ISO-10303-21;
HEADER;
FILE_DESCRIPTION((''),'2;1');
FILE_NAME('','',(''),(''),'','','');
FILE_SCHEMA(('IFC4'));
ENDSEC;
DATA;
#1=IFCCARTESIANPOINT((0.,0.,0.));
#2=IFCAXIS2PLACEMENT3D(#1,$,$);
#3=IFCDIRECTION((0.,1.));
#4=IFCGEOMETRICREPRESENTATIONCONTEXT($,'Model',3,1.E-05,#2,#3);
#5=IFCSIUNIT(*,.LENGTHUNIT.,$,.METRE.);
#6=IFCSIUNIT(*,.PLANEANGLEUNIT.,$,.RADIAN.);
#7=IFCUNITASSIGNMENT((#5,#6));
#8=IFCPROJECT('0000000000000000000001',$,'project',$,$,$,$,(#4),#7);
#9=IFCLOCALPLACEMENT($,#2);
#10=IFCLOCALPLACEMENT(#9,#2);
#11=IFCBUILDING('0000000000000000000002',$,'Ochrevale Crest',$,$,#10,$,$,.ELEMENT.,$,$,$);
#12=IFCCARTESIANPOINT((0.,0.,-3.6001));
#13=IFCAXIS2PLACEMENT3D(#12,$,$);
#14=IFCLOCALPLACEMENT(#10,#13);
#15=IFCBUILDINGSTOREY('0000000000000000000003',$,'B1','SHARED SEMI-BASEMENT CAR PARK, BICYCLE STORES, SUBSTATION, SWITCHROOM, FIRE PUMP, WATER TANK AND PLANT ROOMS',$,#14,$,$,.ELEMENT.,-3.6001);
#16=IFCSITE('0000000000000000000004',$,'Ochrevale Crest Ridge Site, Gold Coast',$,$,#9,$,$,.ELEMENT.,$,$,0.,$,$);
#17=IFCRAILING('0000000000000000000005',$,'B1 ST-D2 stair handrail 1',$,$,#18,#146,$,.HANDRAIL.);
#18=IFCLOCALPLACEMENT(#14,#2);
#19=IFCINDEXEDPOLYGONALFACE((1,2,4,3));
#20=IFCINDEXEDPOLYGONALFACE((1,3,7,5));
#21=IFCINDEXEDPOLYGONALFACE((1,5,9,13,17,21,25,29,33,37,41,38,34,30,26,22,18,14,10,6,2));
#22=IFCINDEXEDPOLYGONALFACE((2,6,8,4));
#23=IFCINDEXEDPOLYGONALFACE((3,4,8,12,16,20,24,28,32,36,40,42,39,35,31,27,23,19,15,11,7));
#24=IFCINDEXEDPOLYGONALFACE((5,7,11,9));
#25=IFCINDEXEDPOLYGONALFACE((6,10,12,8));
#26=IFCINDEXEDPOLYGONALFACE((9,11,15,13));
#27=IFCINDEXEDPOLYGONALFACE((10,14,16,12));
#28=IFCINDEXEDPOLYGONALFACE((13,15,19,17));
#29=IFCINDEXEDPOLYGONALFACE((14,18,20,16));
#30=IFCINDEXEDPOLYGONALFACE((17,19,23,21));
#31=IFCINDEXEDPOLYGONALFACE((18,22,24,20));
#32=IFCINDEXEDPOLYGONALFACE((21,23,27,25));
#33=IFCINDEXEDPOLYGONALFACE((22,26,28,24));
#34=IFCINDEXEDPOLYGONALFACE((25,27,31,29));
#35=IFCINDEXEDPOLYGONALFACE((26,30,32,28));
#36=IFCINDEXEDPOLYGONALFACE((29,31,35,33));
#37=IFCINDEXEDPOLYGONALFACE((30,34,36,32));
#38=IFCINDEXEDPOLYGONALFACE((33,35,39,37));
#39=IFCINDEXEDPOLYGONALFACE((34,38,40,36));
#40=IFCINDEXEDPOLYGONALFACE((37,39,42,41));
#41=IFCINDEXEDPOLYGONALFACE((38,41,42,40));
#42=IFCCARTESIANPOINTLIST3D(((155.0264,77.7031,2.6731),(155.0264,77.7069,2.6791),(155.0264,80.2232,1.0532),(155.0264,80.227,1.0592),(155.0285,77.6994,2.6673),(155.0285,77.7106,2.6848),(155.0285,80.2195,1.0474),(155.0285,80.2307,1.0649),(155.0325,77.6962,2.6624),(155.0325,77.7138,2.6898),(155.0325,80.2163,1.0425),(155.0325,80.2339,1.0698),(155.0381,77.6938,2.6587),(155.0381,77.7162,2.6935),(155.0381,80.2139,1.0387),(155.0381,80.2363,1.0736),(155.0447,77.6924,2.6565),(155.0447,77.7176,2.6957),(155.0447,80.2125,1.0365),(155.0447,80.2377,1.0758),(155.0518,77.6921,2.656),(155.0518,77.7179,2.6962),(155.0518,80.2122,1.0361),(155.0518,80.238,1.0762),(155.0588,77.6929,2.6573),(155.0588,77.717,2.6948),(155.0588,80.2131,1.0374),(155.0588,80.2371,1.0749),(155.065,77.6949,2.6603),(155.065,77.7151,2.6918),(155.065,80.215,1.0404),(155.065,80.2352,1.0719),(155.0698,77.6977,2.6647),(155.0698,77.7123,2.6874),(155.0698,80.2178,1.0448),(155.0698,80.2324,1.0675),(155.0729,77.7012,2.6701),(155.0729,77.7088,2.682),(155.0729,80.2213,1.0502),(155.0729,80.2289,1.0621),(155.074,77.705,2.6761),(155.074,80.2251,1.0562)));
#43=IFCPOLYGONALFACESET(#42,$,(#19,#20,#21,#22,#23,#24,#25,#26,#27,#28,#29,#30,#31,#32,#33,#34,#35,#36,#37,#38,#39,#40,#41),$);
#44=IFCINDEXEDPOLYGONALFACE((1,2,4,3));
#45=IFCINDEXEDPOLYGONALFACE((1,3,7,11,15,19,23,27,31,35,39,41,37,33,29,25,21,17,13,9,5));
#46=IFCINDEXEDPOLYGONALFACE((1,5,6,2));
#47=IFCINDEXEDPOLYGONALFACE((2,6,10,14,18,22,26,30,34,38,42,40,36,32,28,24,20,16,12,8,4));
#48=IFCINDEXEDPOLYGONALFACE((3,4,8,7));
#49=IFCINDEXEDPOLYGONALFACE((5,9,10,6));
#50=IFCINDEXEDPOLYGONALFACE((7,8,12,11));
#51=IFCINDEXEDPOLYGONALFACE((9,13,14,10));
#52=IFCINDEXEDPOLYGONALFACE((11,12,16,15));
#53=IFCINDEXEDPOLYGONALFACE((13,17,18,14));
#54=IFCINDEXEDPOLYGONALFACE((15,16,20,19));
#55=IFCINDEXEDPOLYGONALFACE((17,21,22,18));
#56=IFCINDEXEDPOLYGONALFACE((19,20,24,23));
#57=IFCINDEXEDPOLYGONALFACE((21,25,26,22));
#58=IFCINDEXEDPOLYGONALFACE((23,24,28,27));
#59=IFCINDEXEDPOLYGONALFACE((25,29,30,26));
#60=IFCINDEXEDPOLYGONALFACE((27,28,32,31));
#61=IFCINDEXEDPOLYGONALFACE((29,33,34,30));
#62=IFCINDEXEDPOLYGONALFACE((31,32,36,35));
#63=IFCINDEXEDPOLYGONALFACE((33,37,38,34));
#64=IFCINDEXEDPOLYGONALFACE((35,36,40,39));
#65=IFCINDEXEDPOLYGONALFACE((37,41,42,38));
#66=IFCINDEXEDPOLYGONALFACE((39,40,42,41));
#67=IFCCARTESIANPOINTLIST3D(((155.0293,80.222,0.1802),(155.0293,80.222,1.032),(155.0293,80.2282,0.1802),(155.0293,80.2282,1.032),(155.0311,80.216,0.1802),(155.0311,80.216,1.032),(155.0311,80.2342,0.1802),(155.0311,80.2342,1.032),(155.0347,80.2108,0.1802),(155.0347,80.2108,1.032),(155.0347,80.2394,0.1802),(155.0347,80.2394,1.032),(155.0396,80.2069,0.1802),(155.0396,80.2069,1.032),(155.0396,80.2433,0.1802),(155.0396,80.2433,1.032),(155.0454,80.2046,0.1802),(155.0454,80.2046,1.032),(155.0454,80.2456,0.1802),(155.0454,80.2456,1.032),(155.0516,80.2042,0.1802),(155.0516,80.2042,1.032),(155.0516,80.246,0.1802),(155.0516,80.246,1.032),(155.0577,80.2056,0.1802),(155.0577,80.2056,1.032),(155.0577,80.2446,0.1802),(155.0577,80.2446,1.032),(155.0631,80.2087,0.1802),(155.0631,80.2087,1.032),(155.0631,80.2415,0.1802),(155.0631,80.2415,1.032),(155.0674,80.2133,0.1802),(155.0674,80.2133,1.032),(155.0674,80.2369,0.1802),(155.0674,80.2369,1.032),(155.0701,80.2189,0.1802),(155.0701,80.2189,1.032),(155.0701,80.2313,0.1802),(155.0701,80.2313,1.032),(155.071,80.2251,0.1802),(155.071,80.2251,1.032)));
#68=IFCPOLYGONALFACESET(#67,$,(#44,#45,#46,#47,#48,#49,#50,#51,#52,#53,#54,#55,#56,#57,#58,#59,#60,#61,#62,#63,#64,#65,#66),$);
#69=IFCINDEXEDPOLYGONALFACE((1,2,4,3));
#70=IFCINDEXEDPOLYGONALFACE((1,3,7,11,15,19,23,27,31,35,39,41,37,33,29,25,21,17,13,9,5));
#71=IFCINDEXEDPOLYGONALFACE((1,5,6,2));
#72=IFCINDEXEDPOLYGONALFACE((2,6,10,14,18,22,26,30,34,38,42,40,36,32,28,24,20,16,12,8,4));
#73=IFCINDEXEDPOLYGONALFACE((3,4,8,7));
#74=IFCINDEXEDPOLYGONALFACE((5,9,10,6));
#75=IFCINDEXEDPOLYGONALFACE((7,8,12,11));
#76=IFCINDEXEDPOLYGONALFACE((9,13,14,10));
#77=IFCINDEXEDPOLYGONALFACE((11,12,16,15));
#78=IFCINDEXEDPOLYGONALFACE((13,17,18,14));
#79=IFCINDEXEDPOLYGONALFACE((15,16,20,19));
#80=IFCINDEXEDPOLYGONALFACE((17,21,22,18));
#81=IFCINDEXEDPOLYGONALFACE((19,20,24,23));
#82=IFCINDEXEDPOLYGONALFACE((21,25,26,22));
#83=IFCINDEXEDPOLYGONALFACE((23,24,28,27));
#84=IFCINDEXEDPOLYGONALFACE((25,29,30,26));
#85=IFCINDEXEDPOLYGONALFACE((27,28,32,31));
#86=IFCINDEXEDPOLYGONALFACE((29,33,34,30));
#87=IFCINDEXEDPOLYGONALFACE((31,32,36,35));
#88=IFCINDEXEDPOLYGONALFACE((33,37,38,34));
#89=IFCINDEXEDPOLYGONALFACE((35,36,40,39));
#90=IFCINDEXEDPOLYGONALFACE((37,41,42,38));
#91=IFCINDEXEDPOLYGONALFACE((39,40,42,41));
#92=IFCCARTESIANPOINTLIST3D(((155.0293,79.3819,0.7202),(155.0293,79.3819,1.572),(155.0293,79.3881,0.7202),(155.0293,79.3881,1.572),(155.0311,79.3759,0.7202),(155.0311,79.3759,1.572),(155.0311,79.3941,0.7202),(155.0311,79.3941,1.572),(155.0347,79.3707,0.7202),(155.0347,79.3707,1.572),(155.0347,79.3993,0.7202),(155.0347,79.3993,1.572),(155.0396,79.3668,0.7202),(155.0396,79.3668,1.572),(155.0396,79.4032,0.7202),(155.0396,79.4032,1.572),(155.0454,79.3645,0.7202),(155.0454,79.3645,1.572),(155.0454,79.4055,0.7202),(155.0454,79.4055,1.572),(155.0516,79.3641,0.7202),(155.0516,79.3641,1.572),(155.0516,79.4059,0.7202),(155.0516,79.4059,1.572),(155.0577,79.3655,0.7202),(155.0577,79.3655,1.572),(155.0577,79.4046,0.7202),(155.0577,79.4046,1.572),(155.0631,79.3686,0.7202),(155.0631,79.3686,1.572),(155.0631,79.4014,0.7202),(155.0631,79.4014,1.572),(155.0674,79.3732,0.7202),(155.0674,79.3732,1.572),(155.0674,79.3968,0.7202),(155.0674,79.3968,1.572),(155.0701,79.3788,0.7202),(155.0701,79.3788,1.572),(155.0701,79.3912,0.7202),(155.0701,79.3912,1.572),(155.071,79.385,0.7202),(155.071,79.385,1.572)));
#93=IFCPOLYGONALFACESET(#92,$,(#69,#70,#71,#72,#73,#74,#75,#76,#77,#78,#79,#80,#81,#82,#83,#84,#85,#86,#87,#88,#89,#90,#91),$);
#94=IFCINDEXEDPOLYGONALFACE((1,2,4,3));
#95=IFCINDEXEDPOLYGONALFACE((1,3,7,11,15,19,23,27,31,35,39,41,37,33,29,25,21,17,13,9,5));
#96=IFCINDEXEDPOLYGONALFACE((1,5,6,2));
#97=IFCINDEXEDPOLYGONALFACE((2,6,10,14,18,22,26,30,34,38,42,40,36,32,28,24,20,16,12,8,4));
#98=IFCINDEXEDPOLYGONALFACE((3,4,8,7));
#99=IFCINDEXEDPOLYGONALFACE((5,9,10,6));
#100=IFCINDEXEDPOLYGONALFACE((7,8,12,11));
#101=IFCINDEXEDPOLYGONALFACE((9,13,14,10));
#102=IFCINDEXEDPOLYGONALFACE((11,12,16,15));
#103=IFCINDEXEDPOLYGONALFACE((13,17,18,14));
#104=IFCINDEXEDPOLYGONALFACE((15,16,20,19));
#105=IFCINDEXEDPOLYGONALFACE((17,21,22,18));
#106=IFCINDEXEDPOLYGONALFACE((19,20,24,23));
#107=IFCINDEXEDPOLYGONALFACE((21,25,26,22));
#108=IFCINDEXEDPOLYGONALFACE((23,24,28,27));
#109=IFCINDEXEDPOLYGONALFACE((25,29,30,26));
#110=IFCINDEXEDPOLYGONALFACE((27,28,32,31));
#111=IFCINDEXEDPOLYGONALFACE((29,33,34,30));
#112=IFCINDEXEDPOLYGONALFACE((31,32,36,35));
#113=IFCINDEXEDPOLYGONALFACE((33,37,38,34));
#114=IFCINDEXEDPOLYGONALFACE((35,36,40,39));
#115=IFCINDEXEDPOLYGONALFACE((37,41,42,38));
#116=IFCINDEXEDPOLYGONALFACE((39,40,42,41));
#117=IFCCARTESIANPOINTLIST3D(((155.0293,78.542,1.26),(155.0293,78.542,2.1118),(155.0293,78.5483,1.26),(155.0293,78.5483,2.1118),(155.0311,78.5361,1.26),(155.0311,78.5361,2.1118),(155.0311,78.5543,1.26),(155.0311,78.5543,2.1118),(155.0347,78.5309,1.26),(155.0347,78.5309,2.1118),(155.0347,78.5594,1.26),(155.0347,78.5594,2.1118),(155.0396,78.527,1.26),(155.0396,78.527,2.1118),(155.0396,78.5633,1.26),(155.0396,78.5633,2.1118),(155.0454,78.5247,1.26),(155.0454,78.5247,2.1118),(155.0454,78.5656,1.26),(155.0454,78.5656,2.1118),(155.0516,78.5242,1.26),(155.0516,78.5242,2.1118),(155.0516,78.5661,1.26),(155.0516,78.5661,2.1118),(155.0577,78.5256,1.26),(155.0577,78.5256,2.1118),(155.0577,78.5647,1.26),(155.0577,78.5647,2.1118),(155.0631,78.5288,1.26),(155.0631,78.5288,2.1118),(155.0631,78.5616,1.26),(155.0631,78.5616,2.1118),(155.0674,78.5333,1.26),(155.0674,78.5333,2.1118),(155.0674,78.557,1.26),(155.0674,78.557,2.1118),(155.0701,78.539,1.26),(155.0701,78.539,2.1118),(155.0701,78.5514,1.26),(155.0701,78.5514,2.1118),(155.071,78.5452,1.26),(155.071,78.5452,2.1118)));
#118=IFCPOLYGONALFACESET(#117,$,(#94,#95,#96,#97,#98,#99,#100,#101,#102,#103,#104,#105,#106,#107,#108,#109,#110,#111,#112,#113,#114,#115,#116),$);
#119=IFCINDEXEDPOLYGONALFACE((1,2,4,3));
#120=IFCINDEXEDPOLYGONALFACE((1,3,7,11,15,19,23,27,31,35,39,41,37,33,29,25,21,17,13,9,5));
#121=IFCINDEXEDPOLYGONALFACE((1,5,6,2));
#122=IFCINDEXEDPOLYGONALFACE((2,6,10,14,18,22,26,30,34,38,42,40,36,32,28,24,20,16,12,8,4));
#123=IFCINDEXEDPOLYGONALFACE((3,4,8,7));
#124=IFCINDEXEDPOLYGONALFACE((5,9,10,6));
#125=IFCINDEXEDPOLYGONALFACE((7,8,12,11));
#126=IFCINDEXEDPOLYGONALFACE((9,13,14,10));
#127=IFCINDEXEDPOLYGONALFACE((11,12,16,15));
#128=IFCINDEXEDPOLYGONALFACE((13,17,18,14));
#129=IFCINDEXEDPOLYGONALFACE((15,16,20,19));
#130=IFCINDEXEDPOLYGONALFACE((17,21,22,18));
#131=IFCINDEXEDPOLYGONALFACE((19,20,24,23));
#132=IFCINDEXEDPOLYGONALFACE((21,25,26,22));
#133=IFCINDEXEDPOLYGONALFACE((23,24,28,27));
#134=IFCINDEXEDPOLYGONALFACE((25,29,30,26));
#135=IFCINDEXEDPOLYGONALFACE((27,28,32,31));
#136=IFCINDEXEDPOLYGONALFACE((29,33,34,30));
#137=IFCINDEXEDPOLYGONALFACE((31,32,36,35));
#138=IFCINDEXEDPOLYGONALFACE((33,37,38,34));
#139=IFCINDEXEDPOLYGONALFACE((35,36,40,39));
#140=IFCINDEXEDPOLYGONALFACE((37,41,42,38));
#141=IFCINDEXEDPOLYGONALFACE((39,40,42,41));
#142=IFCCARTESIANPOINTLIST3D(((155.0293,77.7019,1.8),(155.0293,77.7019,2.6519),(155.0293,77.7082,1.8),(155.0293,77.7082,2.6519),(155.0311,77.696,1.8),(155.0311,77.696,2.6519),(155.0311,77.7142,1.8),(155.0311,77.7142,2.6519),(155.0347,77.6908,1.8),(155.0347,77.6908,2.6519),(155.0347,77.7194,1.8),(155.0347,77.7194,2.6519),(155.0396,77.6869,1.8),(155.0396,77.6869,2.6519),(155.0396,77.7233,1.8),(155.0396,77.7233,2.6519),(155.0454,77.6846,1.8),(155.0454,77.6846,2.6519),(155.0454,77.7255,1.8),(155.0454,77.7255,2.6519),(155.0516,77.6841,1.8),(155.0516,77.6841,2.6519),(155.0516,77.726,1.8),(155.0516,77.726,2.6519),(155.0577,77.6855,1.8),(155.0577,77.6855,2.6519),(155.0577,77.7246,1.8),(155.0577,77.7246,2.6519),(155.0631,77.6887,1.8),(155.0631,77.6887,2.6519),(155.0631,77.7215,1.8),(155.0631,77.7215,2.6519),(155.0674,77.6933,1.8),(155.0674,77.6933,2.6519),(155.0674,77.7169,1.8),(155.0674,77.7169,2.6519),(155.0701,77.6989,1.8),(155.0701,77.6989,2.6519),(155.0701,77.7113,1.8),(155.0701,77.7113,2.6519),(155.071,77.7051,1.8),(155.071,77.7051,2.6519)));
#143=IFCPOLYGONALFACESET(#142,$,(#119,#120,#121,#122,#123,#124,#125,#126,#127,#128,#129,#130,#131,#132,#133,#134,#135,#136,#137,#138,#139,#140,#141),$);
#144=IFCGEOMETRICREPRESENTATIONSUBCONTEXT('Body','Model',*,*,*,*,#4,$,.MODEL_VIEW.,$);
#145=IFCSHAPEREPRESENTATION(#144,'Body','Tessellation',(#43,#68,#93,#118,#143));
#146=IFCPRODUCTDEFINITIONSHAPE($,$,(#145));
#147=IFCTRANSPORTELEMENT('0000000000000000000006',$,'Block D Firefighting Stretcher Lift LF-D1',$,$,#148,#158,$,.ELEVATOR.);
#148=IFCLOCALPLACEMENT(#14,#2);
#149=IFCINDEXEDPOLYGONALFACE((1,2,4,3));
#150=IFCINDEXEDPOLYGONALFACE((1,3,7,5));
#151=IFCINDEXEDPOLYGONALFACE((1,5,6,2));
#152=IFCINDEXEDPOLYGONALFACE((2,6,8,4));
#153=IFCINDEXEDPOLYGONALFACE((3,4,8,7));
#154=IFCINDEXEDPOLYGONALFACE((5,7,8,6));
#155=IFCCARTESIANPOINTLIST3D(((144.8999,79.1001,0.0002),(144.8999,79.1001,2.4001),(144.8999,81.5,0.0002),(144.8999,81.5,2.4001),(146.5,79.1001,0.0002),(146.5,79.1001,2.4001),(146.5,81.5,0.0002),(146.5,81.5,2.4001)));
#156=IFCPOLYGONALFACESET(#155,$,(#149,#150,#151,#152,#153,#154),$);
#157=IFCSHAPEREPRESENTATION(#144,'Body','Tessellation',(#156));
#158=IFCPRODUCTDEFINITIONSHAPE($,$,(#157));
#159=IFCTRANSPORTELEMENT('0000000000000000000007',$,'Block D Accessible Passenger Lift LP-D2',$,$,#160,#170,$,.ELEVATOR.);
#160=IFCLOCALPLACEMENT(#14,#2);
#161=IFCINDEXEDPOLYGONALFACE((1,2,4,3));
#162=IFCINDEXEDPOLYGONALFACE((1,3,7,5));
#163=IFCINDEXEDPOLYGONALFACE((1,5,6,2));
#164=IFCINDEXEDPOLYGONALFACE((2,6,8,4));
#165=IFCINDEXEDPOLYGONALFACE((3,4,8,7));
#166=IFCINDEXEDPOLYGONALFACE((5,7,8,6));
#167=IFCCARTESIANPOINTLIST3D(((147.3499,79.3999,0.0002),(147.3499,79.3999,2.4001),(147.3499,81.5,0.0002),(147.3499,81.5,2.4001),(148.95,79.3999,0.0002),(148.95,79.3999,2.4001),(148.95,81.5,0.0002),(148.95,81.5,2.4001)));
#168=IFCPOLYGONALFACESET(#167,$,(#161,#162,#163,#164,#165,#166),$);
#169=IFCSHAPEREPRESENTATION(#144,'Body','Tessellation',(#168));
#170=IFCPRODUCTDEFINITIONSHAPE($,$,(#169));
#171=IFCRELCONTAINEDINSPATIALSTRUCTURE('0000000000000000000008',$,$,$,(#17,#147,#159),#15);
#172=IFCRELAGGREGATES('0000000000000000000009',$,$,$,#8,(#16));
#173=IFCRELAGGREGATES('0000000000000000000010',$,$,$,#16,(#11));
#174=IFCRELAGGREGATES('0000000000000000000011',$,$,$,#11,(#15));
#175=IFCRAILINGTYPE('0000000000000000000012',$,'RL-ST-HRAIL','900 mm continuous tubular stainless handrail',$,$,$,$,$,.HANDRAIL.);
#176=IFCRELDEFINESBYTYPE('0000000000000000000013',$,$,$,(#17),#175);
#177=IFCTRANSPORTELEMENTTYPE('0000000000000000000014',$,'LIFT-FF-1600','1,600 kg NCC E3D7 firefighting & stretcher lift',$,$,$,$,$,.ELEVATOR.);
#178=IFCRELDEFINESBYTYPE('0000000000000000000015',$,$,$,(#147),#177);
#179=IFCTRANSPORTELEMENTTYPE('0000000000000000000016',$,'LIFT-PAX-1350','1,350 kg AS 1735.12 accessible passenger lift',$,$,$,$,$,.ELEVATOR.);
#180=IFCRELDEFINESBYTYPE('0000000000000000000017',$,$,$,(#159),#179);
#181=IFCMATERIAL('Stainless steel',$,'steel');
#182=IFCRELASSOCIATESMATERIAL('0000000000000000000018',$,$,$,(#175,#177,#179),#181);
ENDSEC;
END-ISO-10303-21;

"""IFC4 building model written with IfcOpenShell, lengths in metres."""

from ifc_helpers import new_model, si_unit, direction, frame, origin, origin_2d, place, context, subcontext, project, spatial, rectangle, circle, extrude, material, type_object, element, save


model = new_model("IFC4")

# Units and contexts
model_context = context("Model", 3, precision=1e-05, world=origin(), true_north=direction((0.0, 1.0)))
body_context = subcontext(model_context, "Body", "Model", "MODEL_VIEW")
ifc_project = project(units=[si_unit("LENGTHUNIT", "METRE"), si_unit("PLANEANGLEUNIT", "RADIAN")], contexts=[model_context])

# Site, building, storey
site_placement = place(None, origin())
site = spatial("IfcSite", under=ifc_project, at=site_placement, Name="Ochrevale Crest Ridge Site, Gold Coast", CompositionType="ELEMENT", RefElevation=0.0)
building_placement = place(site_placement, origin())
building = spatial("IfcBuilding", under=site, at=building_placement, Name="Ochrevale Crest", CompositionType="ELEMENT")
storey_placement = place(building_placement, frame((0.0, 0.0, -3.6001)))
storey = spatial("IfcBuildingStorey", under=building, at=storey_placement, Name="B1", Description="SHARED SEMI-BASEMENT CAR PARK, BICYCLE STORES, SUBSTATION, SWITCHROOM, FIRE PUMP, WATER TANK AND PLANT ROOMS", CompositionType="ELEMENT", Elevation=-3.6001)

# Railing
ifc_material_1 = material(Name="Stainless steel", Category="steel")
railing_type_1 = type_object("IfcRailingType", Name="RL-ST-HRAIL", Description="900 mm continuous tubular stainless handrail", PredefinedType="HANDRAIL", material=ifc_material_1)
railing_1_placement = place(storey_placement, frame((155.05, 80.2251, 0.1802)))
element("IfcRailing", 1, at=railing_1_placement, inside=storey, type_object=railing_type_1, Name="B1 ST-D2 stair handrail 1", PredefinedType="HANDRAIL", context=body_context, shape_type="SweptSolid", body=[
    extrude(circle(Radius=0.0239, at=origin_2d()), frame((0.0, 0.0, 0.876), z_axis=(0.0, -0.8412, 0.540725), x_axis=(1.0, 0.0, 0.0)), (0.0, 0.0, 1.0), 2.9958),
    extrude(circle(Radius=0.021, at=origin_2d()), origin(), (0.0, 0.0, 1.0), 0.8518),
    extrude(circle(Radius=0.021, at=origin_2d()), frame((0.0, -0.8401, 0.54)), (0.0, 0.0, 1.0), 0.8518),
    extrude(circle(Radius=0.021, at=origin_2d()), frame((0.0, -1.6799, 1.0798)), (0.0, 0.0, 1.0), 0.8518),
    extrude(circle(Radius=0.021, at=origin_2d()), frame((0.0, -2.52, 1.6199)), (0.0, 0.0, 1.0), 0.8518),
])

# Transport elements
transport_element_type_1 = type_object("IfcTransportElementType", Name="LIFT-FF-1600", Description="1,600 kg NCC E3D7 firefighting & stretcher lift", PredefinedType="ELEVATOR", material=ifc_material_1)
transport_element_1_placement = place(storey_placement, frame((145.7, 80.3, 0.0002), z_axis=(0.0, 0.0, 1.0), x_axis=(1.0, 0.0, 0.0)))
element("IfcTransportElement", 2, at=transport_element_1_placement, inside=storey, type_object=transport_element_type_1, Name="Block D Firefighting Stretcher Lift LF-D1", PredefinedType="ELEVATOR", context=body_context, shape_type="SweptSolid", body=[
    extrude(rectangle(XDim=1.6001, YDim=2.3999, at=origin_2d()), origin(), (0.0, 0.0, 1.0), 2.3999),
])
transport_element_type_2 = type_object("IfcTransportElementType", Name="LIFT-PAX-1350", Description="1,350 kg AS 1735.12 accessible passenger lift", PredefinedType="ELEVATOR", material=ifc_material_1)
transport_element_2_placement = place(storey_placement, frame((148.1499, 80.45, 0.0002), z_axis=(0.0, 0.0, 1.0), x_axis=(1.0, 0.0, 0.0)))
element("IfcTransportElement", 3, at=transport_element_2_placement, inside=storey, type_object=transport_element_type_2, Name="Block D Accessible Passenger Lift LP-D2", PredefinedType="ELEVATOR", context=body_context, shape_type="SweptSolid", body=[
    extrude(rectangle(XDim=1.6001, YDim=2.1001, at=origin_2d()), origin(), (0.0, 0.0, 1.0), 2.3999),
])

save(model, "model.ifc")
